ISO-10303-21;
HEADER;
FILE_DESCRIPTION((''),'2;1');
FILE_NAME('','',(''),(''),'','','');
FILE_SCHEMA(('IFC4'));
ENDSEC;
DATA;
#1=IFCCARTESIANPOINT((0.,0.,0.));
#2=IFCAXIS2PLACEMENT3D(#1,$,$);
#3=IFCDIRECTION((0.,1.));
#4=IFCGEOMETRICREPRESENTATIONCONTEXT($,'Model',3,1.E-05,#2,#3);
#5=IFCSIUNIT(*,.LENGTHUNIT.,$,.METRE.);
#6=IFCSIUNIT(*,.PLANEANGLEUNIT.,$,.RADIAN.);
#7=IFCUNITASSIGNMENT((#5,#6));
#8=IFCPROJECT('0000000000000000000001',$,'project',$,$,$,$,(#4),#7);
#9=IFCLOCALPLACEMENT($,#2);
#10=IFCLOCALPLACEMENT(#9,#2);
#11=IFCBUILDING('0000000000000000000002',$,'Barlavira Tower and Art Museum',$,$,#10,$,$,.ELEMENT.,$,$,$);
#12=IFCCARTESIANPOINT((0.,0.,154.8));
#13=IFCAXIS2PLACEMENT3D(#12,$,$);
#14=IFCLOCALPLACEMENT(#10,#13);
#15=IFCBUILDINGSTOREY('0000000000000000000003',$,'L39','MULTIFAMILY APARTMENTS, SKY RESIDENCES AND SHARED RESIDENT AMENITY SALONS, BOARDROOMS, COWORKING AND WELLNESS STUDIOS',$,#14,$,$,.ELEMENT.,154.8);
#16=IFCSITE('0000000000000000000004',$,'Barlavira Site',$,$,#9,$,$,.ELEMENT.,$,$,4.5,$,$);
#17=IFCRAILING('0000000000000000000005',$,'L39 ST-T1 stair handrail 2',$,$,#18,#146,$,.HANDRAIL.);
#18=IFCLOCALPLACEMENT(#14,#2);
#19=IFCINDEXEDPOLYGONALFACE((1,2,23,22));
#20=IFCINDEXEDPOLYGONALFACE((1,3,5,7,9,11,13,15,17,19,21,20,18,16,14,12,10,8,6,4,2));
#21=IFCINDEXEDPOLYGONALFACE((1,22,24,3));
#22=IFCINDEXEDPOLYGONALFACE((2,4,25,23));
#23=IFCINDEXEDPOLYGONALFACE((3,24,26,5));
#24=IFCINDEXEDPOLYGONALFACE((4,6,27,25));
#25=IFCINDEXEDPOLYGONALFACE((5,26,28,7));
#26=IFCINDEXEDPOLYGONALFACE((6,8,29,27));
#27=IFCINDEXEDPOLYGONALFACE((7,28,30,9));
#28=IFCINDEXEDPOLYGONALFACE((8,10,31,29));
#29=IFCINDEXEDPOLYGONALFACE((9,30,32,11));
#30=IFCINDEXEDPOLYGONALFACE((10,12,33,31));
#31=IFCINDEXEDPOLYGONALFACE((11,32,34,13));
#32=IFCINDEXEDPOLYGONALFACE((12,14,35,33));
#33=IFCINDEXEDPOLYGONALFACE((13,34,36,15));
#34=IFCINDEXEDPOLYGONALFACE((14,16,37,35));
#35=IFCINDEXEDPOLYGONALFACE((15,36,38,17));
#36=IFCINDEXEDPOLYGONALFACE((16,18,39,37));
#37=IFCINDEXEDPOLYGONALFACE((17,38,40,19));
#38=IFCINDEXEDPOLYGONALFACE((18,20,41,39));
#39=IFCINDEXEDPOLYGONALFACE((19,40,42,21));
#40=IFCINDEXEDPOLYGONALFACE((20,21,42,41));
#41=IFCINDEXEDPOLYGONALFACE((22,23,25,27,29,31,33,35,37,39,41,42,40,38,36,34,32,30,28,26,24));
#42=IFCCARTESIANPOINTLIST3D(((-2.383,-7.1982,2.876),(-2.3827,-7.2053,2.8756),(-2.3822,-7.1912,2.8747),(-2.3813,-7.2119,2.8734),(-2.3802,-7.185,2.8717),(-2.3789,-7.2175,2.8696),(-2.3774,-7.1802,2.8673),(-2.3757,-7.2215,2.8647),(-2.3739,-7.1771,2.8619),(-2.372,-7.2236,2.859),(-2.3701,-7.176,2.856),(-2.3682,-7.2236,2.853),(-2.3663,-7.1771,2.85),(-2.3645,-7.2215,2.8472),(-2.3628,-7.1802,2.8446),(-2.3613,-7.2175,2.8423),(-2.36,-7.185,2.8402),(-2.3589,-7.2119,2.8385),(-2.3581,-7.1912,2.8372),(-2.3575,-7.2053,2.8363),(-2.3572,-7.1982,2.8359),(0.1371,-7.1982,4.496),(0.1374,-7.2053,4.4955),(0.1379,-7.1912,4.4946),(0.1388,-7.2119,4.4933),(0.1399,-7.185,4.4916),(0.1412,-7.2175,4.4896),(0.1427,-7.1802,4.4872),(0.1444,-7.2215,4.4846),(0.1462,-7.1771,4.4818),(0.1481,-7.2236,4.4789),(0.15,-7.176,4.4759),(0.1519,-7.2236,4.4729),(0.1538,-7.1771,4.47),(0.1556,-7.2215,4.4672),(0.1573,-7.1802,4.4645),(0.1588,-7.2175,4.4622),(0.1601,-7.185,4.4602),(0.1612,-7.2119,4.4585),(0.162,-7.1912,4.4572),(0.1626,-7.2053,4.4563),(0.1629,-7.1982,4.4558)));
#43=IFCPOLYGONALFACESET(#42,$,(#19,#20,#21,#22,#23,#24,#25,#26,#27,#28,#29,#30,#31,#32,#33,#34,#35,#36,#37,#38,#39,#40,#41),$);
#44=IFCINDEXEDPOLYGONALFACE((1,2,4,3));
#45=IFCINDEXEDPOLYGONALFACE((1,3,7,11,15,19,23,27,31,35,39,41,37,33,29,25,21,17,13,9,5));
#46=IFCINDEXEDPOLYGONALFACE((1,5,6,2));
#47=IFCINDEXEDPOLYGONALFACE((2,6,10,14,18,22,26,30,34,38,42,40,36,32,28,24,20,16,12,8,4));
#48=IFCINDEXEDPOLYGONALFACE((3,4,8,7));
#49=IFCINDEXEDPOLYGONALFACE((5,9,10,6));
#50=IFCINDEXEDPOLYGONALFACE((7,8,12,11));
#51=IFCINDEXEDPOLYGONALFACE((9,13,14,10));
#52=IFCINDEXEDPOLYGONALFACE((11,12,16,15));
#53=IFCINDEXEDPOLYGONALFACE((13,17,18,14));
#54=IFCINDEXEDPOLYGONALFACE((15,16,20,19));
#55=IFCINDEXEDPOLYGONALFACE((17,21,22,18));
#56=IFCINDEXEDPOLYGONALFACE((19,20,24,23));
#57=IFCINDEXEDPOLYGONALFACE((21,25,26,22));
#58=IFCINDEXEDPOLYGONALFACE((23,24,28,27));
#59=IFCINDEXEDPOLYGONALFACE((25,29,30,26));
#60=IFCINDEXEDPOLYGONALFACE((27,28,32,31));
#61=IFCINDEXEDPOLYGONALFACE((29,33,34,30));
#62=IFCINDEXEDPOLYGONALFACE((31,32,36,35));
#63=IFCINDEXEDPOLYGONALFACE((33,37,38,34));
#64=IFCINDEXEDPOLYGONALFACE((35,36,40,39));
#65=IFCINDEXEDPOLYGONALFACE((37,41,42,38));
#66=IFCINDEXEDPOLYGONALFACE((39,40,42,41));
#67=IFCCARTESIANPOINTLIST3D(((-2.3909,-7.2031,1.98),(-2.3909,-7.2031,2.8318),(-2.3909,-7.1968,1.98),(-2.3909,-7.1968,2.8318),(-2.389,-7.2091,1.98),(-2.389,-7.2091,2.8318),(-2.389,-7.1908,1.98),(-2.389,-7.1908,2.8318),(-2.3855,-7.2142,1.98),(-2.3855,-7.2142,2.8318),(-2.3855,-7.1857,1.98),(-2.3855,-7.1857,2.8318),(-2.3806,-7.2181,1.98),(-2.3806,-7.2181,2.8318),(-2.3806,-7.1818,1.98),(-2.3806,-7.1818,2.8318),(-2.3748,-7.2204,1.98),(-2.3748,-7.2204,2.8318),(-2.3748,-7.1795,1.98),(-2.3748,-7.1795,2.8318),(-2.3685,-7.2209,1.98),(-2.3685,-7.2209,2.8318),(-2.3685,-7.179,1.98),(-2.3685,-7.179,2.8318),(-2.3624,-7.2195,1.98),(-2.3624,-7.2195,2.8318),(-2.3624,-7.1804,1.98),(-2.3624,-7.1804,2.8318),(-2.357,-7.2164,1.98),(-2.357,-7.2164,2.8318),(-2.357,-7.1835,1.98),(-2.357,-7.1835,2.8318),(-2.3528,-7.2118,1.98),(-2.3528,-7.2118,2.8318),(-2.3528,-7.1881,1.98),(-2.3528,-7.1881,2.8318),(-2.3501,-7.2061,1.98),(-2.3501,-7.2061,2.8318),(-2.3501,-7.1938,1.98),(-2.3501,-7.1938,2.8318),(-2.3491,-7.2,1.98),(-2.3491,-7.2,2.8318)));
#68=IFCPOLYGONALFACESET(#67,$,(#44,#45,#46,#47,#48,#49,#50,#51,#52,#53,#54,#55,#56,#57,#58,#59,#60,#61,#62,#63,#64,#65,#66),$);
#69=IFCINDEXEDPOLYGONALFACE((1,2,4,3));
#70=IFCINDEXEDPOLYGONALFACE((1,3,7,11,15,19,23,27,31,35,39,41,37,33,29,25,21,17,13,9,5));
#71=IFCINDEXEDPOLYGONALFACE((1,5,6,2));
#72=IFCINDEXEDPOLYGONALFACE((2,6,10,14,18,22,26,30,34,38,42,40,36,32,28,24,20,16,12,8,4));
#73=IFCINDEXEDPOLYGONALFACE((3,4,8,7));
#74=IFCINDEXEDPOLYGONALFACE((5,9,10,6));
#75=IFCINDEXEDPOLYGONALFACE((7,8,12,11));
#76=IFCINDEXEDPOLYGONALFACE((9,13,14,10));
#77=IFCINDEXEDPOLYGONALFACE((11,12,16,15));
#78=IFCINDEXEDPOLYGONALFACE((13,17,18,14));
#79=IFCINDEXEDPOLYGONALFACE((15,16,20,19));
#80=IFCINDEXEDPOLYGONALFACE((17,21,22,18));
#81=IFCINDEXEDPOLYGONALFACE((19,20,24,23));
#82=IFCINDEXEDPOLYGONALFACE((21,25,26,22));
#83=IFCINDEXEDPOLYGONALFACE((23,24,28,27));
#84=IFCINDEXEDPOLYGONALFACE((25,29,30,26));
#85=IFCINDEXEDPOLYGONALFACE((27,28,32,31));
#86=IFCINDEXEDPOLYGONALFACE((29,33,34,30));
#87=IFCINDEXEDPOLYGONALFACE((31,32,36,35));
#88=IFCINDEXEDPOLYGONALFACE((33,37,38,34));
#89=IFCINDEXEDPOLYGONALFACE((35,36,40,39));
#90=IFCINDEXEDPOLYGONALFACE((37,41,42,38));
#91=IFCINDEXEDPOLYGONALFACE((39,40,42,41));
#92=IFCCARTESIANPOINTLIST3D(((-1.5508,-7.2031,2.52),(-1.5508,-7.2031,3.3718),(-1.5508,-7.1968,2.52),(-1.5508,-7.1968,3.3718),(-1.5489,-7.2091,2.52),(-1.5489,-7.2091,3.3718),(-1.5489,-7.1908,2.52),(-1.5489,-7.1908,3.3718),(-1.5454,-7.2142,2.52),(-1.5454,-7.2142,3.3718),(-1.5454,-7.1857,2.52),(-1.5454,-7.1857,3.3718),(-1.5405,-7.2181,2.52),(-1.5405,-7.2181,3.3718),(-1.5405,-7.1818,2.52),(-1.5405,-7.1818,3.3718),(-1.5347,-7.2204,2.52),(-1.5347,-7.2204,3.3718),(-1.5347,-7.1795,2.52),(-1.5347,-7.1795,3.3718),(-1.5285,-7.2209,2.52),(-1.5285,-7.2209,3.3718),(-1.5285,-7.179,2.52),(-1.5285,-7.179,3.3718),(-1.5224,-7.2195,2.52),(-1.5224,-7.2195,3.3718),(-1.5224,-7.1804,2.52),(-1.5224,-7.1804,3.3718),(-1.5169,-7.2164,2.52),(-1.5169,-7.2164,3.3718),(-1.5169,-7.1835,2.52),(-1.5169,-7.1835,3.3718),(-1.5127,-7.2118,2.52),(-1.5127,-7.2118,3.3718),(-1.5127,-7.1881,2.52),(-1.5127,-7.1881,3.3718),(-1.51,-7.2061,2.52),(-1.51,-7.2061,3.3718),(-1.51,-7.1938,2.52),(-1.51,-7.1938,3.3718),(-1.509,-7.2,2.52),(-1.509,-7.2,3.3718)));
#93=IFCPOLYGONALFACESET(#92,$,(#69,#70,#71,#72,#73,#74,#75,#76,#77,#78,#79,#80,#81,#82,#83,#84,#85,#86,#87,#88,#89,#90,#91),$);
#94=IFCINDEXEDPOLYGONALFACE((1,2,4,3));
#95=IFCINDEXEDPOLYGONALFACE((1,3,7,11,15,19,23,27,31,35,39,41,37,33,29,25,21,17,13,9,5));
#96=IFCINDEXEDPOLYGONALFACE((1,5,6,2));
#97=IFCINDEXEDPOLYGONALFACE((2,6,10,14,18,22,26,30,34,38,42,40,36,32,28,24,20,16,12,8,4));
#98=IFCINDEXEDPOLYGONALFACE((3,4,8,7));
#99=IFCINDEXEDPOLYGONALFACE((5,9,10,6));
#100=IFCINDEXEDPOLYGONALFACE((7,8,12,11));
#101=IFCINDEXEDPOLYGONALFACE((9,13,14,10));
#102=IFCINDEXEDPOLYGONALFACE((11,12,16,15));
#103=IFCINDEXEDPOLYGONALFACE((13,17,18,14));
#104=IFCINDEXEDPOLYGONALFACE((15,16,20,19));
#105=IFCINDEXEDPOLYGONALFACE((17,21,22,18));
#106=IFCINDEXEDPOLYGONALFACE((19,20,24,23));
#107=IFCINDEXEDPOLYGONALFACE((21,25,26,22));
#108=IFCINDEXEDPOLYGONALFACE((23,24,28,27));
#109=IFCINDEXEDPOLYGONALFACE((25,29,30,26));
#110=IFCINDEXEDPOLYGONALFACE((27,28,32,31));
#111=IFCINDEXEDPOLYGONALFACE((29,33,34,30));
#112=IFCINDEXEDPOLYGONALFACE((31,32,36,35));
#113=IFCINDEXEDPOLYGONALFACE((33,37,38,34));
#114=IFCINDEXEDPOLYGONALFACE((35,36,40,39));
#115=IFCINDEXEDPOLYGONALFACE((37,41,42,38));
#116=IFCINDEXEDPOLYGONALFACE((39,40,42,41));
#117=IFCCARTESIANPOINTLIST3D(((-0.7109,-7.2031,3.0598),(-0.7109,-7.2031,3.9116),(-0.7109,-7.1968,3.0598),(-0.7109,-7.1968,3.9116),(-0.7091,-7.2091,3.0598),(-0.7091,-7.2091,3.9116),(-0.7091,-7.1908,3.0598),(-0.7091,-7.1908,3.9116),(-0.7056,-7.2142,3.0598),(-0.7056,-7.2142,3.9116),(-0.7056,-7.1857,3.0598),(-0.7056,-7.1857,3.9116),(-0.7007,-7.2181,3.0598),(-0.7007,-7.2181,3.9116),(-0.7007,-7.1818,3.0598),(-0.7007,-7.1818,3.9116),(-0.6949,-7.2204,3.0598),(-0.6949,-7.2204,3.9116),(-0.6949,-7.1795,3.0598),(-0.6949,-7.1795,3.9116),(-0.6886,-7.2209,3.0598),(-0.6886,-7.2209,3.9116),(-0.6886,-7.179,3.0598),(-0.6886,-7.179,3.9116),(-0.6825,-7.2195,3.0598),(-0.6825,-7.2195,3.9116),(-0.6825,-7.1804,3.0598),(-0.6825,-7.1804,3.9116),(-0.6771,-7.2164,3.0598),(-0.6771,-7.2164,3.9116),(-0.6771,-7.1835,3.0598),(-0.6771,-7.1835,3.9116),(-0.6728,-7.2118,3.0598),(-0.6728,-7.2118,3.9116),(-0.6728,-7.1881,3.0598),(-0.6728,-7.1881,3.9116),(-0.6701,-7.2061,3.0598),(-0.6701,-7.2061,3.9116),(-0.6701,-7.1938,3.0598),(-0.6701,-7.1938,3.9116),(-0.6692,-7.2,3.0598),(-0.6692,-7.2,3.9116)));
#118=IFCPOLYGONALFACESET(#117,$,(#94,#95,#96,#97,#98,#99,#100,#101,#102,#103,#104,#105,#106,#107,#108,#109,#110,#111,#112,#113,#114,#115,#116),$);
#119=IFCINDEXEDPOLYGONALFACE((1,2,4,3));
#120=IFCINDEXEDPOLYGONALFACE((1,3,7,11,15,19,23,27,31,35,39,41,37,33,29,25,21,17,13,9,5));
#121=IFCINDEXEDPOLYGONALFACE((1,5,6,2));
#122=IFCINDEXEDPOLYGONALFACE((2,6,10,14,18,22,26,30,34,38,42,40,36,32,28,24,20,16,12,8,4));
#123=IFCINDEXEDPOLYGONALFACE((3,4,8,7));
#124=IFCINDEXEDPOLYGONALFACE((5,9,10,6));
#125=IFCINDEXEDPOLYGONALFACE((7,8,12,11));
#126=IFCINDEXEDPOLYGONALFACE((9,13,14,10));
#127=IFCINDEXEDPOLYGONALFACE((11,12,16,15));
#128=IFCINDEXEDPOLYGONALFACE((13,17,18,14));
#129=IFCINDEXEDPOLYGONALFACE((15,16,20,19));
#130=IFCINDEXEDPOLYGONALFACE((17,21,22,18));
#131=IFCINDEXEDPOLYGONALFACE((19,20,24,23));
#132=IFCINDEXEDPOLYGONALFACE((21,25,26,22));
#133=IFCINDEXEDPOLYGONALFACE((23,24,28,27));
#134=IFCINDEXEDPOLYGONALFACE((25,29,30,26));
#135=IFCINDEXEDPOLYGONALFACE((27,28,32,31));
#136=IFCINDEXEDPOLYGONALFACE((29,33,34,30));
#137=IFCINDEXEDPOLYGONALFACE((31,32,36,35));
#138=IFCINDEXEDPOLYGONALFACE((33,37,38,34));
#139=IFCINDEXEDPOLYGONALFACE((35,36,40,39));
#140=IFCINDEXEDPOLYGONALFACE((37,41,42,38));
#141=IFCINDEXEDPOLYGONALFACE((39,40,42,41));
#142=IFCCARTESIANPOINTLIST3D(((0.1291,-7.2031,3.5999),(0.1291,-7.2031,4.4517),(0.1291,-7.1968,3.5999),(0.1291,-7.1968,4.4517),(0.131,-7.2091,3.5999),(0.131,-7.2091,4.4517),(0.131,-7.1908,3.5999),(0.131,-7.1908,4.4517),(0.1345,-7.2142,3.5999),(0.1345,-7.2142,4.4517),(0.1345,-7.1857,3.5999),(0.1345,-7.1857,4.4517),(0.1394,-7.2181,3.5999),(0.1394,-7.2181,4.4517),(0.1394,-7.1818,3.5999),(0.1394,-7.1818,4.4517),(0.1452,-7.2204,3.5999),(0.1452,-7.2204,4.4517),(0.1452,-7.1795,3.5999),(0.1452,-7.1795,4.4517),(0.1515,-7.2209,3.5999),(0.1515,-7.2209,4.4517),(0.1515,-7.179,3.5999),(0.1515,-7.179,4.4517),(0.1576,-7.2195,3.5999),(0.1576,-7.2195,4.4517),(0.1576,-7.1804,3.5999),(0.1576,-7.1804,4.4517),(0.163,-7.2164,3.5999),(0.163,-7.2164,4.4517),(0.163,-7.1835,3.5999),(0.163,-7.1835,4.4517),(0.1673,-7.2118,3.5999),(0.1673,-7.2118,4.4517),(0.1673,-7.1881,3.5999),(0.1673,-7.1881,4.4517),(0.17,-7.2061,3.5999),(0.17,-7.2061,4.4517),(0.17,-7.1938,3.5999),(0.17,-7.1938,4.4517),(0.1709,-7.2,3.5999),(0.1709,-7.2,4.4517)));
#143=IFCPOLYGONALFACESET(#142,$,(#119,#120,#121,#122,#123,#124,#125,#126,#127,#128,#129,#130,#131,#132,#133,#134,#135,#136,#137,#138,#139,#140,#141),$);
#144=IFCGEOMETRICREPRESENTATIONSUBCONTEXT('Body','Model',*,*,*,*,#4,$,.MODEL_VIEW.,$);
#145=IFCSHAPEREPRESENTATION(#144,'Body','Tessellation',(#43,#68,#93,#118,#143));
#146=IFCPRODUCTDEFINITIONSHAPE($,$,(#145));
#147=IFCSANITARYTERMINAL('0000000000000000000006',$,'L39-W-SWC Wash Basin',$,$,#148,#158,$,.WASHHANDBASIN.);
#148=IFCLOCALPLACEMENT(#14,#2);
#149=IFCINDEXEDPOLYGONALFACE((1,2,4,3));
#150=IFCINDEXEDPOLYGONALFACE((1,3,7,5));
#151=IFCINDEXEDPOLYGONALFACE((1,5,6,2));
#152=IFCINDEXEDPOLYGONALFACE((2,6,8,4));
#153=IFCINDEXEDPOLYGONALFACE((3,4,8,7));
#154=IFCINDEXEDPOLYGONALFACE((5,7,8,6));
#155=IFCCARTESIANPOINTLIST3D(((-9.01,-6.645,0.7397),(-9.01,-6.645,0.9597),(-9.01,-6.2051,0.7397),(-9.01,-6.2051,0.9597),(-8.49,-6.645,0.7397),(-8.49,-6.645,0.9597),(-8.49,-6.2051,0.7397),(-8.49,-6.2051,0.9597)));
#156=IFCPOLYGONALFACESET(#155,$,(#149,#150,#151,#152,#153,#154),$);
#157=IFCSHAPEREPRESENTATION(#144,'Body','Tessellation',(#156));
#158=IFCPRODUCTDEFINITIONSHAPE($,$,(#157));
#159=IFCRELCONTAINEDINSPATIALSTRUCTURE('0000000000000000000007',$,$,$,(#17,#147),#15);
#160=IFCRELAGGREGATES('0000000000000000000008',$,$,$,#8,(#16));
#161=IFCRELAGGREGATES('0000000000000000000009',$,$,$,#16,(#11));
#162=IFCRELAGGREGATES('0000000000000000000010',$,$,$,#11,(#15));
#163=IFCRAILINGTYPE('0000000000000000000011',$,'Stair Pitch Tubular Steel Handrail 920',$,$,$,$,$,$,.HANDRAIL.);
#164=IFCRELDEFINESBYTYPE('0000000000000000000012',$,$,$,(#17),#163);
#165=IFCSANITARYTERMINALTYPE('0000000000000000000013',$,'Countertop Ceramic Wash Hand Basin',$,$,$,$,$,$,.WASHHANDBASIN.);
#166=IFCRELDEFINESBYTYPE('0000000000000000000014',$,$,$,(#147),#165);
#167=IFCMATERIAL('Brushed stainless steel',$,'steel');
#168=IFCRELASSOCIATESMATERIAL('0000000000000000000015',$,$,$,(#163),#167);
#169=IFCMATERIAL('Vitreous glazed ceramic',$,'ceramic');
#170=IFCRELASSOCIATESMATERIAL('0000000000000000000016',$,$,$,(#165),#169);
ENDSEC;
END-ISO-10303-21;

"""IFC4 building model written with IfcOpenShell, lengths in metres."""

from ifc_helpers import new_model, si_unit, direction, frame, origin, origin_2d, place, context, subcontext, project, spatial, rectangle, circle, extrude, material, type_object, element, save


model = new_model("IFC4")

# Units and contexts
model_context = context("Model", 3, precision=1e-05, world=origin(), true_north=direction((0.0, 1.0)))
body_context = subcontext(model_context, "Body", "Model", "MODEL_VIEW")
ifc_project = project(units=[si_unit("LENGTHUNIT", "METRE"), si_unit("PLANEANGLEUNIT", "RADIAN")], contexts=[model_context])

# Site, building, storey
site_placement = place(None, origin())
site = spatial("IfcSite", under=ifc_project, at=site_placement, Name="Barlavira Site", CompositionType="ELEMENT", RefElevation=4.5)
building_placement = place(site_placement, origin())
building = spatial("IfcBuilding", under=site, at=building_placement, Name="Barlavira Tower and Art Museum", CompositionType="ELEMENT")
storey_placement = place(building_placement, frame((0.0, 0.0, 154.8)))
storey = spatial("IfcBuildingStorey", under=building, at=storey_placement, Name="L39", Description="MULTIFAMILY APARTMENTS, SKY RESIDENCES AND SHARED RESIDENT AMENITY SALONS, BOARDROOMS, COWORKING AND WELLNESS STUDIOS", CompositionType="ELEMENT", Elevation=154.8)

# Shared definitions
ifc_material_1 = material(Name="Brushed stainless steel", Category="steel")

# Railing
railing_type_1 = type_object("IfcRailingType", Name="Stair Pitch Tubular Steel Handrail 920", PredefinedType="HANDRAIL", material=ifc_material_1)
railing_1_placement = place(storey_placement, frame((-2.3701, -7.2, 1.98)))
element("IfcRailing", 1, at=railing_1_placement, inside=storey, type_object=railing_type_1, Name="L39 ST-T1 stair handrail 2", PredefinedType="HANDRAIL", context=body_context, shape_type="SweptSolid", body=[
    extrude(circle(Radius=0.0239, at=origin_2d()), frame((0.0, 0.0, 0.876), z_axis=(0.8412, 0.0, 0.540725), x_axis=(0.0, 1.0, 0.0)), (0.0, 0.0, 1.0), 2.9958),
    extrude(circle(Radius=0.021, at=origin_2d()), origin(), (0.0, 0.0, 1.0), 0.8518),
    extrude(circle(Radius=0.021, at=origin_2d()), frame((0.8401, 0.0, 0.54)), (0.0, 0.0, 1.0), 0.8518),
    extrude(circle(Radius=0.021, at=origin_2d()), frame((1.6799, 0.0, 1.0798)), (0.0, 0.0, 1.0), 0.8518),
    extrude(circle(Radius=0.021, at=origin_2d()), frame((2.52, 0.0, 1.6199)), (0.0, 0.0, 1.0), 0.8518),
])

# Sanitary terminal
ifc_material_2 = material(Name="Vitreous glazed ceramic", Category="ceramic")
sanitary_terminal_type = type_object("IfcSanitaryTerminalType", Name="Countertop Ceramic Wash Hand Basin", PredefinedType="WASHHANDBASIN", material=ifc_material_2)
sanitary_terminal_placement = place(storey_placement, frame((-8.75, -6.425, 0.7397), z_axis=(0.0, 0.0, 1.0), x_axis=(1.0, 0.0, 0.0)))
element("IfcSanitaryTerminal", 2, at=sanitary_terminal_placement, inside=storey, type_object=sanitary_terminal_type, Name="L39-W-SWC Wash Basin", PredefinedType="WASHHANDBASIN", context=body_context, shape_type="SweptSolid", body=[
    extrude(rectangle(XDim=0.52, YDim=0.4399, at=origin_2d()), origin(), (0.0, 0.0, 1.0), 0.22),
])

save(model, "model.ifc")
